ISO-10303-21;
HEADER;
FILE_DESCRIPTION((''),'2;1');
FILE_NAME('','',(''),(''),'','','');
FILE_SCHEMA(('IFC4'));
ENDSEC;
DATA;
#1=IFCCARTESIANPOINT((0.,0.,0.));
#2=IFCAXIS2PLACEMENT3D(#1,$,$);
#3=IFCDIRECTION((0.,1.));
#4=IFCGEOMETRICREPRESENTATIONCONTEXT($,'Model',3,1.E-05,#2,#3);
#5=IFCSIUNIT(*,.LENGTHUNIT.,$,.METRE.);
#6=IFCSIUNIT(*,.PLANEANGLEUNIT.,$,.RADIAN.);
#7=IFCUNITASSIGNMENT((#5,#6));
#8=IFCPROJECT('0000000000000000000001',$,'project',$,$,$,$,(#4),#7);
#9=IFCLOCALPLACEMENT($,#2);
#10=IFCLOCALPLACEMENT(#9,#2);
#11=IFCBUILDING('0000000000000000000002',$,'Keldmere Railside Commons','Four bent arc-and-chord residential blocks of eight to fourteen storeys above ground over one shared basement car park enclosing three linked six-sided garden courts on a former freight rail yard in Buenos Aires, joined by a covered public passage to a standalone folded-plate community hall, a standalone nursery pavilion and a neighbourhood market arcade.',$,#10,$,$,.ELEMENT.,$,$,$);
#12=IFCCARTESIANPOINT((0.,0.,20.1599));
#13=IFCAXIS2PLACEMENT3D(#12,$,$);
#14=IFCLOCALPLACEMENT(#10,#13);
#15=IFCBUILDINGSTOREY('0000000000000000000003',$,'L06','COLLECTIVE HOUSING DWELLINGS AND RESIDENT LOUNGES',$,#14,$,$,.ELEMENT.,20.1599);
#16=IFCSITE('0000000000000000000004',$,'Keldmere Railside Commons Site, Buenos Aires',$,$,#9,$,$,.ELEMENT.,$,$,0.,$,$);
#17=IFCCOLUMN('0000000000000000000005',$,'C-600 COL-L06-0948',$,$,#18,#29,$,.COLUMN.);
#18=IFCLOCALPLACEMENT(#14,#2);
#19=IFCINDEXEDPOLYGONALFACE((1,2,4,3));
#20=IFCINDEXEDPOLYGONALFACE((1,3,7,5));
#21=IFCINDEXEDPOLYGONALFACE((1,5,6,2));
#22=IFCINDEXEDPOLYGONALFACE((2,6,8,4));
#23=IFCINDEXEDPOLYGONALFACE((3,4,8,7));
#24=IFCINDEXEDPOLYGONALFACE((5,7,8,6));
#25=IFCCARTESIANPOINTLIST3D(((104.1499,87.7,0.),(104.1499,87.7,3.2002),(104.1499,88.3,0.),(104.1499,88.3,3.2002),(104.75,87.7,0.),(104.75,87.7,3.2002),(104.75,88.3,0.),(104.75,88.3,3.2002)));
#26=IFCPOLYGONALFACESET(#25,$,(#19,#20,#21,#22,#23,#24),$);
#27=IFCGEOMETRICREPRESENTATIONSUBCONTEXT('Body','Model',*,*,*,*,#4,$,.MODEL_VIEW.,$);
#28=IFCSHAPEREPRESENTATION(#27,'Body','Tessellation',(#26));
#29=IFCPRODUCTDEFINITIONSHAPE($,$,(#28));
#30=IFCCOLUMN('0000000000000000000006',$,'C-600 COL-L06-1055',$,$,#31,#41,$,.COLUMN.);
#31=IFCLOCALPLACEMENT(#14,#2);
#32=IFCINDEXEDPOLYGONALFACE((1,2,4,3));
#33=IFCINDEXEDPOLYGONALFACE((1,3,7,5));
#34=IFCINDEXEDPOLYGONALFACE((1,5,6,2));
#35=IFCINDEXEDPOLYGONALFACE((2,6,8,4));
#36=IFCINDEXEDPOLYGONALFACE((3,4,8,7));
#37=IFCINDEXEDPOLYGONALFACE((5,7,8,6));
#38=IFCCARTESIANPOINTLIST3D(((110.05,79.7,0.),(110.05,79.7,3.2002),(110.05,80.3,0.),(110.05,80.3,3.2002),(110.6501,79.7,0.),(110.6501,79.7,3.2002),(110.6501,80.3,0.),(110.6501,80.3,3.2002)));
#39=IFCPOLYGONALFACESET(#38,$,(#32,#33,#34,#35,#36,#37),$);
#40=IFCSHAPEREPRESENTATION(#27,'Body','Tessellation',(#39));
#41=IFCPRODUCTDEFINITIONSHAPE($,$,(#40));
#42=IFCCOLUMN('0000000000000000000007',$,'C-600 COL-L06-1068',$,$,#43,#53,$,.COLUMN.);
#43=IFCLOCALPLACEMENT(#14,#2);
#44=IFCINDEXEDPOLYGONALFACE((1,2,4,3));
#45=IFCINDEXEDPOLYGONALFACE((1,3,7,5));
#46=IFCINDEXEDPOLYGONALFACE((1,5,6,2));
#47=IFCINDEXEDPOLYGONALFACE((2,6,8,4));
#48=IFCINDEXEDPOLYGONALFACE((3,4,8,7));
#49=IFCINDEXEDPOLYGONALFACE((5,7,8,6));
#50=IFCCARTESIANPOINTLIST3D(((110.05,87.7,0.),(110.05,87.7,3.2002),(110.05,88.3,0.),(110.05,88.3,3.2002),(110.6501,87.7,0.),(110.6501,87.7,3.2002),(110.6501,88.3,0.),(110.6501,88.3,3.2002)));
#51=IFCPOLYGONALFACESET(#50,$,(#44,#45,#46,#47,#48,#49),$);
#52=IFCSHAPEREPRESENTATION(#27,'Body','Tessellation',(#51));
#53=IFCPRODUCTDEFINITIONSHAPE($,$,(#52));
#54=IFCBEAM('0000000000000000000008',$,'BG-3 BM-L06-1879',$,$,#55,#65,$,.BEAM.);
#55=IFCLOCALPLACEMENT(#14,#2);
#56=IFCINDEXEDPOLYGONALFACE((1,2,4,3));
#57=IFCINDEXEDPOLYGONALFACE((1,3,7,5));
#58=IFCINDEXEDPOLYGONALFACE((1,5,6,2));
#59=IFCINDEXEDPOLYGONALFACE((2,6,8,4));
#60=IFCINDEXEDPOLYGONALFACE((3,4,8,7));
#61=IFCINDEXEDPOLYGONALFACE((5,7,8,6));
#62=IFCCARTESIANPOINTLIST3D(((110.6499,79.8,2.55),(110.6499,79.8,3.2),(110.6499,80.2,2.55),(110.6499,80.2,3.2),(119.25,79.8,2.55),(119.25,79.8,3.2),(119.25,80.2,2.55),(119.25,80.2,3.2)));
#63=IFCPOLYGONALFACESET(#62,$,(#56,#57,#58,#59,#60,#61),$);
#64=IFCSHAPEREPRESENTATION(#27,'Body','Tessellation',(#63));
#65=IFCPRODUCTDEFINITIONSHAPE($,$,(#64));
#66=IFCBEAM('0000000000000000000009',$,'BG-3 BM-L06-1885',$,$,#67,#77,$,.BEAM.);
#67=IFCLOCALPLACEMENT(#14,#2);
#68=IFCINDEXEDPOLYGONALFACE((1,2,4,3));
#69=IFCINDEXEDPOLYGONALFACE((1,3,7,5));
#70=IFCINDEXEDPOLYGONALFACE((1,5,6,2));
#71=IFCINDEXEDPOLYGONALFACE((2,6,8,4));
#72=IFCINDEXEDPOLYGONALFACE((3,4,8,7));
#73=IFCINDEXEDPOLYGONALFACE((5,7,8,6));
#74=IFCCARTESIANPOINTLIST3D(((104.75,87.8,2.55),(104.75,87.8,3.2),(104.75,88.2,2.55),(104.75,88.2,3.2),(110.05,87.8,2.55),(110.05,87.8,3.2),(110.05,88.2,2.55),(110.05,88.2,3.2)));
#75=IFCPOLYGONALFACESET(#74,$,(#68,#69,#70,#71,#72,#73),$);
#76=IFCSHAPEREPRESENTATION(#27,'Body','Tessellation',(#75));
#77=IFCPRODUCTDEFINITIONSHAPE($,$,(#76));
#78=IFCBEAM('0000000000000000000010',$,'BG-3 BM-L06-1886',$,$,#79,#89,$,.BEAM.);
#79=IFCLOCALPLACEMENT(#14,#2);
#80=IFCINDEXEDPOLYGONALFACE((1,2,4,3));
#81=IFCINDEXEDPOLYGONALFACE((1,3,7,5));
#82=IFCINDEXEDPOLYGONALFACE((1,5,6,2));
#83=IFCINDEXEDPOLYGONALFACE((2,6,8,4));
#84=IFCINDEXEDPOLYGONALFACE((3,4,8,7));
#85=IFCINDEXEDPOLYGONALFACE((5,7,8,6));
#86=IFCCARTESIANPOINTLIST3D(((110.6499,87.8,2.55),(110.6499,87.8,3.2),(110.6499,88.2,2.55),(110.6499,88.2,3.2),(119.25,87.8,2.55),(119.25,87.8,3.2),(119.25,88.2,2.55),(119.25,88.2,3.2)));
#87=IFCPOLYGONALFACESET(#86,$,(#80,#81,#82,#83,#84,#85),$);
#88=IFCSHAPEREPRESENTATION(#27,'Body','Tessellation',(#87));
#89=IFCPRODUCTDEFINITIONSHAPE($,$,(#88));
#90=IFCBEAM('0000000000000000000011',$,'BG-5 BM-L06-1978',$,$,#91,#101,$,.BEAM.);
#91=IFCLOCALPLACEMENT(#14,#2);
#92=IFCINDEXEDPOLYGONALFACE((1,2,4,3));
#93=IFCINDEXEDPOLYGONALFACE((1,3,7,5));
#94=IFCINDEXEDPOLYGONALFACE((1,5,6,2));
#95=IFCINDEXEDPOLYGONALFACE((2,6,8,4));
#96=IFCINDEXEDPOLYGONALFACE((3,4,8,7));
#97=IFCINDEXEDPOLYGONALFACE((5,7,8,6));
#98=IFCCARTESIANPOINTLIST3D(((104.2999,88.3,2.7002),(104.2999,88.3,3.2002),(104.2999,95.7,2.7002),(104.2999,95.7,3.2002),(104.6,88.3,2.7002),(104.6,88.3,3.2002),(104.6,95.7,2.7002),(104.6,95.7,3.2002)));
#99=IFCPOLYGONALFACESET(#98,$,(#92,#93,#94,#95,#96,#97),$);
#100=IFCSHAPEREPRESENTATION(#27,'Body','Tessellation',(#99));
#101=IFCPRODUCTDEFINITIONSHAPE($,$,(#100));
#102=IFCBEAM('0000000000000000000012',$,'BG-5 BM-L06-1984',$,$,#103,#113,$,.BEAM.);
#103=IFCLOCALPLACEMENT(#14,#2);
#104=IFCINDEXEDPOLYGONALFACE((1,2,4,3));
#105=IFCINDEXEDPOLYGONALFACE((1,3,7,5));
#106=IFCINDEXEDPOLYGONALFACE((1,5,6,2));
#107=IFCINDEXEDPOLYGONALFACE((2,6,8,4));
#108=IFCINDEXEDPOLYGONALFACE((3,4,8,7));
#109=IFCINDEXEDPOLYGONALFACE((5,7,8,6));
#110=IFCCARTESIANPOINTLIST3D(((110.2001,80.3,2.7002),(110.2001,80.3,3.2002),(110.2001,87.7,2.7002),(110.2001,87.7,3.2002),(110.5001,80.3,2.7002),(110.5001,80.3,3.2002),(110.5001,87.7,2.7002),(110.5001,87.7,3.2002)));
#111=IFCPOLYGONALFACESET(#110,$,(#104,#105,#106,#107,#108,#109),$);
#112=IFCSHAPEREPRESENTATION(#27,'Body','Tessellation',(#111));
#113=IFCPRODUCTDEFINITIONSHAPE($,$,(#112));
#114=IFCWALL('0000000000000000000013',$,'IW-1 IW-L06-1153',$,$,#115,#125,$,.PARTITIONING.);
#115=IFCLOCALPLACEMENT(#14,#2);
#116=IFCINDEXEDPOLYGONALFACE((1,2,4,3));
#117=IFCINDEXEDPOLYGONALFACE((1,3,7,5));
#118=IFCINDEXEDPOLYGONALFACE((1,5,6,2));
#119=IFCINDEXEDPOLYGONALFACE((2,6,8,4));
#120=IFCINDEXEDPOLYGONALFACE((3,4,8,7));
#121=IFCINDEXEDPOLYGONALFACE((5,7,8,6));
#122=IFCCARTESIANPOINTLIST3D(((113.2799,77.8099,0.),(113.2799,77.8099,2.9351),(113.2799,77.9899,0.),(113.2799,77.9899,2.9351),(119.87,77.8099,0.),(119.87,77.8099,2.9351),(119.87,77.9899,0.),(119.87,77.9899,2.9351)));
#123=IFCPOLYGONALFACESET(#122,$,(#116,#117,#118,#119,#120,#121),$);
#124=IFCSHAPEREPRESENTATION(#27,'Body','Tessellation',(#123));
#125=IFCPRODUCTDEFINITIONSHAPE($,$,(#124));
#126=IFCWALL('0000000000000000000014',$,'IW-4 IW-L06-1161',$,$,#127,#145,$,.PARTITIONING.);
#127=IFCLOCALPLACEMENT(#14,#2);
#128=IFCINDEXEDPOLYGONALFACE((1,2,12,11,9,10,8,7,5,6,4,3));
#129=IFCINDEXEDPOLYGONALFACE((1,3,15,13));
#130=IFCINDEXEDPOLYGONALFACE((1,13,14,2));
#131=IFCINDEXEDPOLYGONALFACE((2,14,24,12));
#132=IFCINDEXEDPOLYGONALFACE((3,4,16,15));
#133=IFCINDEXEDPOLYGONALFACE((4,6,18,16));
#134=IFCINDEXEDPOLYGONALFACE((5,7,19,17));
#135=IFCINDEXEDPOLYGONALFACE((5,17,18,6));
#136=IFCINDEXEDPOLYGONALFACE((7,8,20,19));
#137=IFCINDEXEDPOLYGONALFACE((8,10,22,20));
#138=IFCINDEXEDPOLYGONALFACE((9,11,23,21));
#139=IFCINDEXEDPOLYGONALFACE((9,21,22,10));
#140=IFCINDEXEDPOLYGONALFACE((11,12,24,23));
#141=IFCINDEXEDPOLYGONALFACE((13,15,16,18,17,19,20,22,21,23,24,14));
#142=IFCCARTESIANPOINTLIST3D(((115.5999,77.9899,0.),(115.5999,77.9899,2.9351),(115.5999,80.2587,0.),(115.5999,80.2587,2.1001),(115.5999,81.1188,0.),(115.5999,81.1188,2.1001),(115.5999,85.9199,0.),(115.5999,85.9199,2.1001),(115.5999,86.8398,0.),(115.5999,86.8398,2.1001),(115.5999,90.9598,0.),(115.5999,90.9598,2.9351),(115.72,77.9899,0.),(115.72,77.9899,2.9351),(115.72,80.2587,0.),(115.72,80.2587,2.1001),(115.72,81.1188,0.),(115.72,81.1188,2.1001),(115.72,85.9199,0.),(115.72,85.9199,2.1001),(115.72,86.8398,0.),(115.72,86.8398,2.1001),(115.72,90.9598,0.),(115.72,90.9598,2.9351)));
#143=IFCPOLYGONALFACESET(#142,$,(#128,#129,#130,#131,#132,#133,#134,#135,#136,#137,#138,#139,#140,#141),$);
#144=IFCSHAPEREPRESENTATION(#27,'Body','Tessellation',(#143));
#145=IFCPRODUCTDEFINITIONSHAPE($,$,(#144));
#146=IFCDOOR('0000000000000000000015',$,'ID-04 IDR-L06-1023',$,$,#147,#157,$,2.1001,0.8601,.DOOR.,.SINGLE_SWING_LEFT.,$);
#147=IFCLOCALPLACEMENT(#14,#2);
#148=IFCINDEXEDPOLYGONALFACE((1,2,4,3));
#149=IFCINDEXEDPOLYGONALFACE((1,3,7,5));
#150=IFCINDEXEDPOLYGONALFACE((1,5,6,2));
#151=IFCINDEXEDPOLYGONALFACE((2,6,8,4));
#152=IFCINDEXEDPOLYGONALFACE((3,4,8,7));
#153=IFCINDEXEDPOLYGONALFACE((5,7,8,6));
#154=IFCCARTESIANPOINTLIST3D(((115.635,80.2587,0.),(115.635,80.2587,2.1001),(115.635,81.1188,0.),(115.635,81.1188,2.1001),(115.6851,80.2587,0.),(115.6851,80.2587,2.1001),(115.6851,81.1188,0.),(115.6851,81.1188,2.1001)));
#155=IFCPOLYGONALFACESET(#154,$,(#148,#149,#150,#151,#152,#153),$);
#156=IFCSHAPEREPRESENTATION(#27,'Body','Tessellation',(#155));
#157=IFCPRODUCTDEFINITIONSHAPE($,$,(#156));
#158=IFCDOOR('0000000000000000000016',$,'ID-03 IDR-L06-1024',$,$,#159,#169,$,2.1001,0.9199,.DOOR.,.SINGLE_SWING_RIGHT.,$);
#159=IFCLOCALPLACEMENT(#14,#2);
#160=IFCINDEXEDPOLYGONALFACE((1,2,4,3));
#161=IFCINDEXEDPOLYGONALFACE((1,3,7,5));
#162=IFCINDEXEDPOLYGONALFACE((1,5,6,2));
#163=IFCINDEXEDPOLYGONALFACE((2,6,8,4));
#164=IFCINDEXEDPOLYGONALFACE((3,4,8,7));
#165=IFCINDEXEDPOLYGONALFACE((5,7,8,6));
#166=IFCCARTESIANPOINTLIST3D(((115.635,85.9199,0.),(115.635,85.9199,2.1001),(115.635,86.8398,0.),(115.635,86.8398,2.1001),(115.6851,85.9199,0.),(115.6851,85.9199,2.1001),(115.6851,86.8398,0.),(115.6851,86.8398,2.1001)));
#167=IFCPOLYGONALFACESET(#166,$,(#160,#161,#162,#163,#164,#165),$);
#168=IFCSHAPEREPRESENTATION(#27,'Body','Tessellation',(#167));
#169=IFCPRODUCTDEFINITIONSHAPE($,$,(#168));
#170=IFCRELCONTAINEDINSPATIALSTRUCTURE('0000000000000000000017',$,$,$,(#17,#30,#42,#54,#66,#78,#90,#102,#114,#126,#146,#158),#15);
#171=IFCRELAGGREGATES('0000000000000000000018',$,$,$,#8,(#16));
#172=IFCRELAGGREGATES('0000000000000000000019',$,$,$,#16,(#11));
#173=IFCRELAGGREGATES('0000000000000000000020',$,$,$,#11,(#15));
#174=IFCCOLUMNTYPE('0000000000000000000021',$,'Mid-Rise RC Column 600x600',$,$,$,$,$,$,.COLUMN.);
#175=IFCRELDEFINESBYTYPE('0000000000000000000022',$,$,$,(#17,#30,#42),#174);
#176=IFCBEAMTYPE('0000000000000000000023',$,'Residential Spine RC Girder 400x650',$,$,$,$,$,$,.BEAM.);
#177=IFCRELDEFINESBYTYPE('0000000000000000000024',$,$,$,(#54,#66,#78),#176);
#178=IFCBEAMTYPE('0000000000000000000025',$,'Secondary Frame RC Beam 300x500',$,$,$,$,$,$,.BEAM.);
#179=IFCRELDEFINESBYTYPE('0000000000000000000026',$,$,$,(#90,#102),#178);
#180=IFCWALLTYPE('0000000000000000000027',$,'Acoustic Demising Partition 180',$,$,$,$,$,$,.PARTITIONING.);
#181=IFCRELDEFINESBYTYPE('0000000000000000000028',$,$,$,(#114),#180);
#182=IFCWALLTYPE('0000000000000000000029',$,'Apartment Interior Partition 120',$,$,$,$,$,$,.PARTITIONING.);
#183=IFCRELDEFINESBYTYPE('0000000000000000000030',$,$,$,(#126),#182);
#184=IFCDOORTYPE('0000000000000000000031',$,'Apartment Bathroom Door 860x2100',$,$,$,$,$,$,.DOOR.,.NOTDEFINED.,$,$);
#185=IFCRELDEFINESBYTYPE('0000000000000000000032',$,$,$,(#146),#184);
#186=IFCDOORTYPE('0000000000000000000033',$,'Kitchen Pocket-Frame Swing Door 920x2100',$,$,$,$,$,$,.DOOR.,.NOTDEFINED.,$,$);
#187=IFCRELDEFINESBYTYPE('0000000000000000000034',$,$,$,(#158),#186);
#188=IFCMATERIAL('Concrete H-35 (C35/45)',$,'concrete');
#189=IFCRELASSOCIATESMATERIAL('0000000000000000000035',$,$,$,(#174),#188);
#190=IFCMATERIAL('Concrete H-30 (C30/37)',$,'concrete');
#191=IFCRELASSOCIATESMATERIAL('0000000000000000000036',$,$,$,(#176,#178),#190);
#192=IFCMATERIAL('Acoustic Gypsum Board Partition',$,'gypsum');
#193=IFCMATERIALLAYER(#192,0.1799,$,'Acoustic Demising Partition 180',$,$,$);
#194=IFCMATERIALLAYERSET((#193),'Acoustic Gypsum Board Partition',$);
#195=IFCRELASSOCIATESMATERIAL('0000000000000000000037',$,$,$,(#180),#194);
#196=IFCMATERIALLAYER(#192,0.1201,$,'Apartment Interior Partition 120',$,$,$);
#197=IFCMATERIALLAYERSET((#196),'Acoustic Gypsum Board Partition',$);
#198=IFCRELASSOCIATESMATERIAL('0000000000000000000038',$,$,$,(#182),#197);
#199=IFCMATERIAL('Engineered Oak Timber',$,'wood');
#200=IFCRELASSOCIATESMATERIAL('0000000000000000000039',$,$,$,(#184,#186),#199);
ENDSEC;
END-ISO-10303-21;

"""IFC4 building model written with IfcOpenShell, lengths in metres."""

from ifc_helpers import new_model, si_unit, direction, frame, frame_2d, origin, origin_2d, place, context, subcontext, project, spatial, rectangle, extrude, material, layer, layer_set, material_profile, profile_set, type_object, element, fill, save


model = new_model("IFC4")

# Units and contexts
model_context = context("Model", 3, precision=1e-05, world=origin(), true_north=direction((0.0, 1.0)))
body_context = subcontext(model_context, "Body", "Model", "MODEL_VIEW")
ifc_project = project(units=[si_unit("LENGTHUNIT", "METRE"), si_unit("PLANEANGLEUNIT", "RADIAN")], contexts=[model_context])

# Site, building, storey
site_placement = place(None, origin())
site = spatial("IfcSite", under=ifc_project, at=site_placement, Name="Keldmere Railside Commons Site, Buenos Aires", CompositionType="ELEMENT", RefElevation=0.0)
building_placement = place(site_placement, origin())
building = spatial("IfcBuilding", under=site, at=building_placement, Name="Keldmere Railside Commons", Description="Four bent arc-and-chord residential blocks of eight to fourteen storeys above ground over one shared basement car park enclosing three linked six-sided garden courts on a former freight rail yard in Buenos Aires, joined by a covered public passage to a standalone folded-plate community hall, a standalone nursery pavilion and a neighbourhood market arcade.", CompositionType="ELEMENT")
storey_placement = place(building_placement, frame((0.0, 0.0, 20.1599)))
storey = spatial("IfcBuildingStorey", under=building, at=storey_placement, Name="L06", Description="COLLECTIVE HOUSING DWELLINGS AND RESIDENT LOUNGES", CompositionType="ELEMENT", Elevation=20.1599)

# Columns
ifc_material_1 = material(Name="Concrete H-35 (C35/45)", Category="concrete")
ifc_material_profile_1 = material_profile(ifc_material_1, rectangle(XDim=0.6001, YDim=0.6001, at=origin_2d()), Name="RC-600x600")
ifc_profile_set_1 = profile_set([ifc_material_profile_1], Name="Concrete H-35 (C35/45)")
column_type = type_object("IfcColumnType", Name="Mid-Rise RC Column 600x600", PredefinedType="COLUMN", material=ifc_profile_set_1)
for number, where, z_axis, x_axis, name in (
    (1, (104.45, 88.0, 0.0), (0.0, 0.0, 1.0), (1.0, 0.0, 0.0), "C-600 COL-L06-0948"),
    (2, (110.3501, 80.0, 0.0), (0.0, 0.0, 1.0), (1.0, 0.0, 0.0), "C-600 COL-L06-1055"),
    (3, (110.3501, 88.0, 0.0), (0.0, 0.0, 1.0), (1.0, 0.0, 0.0), "C-600 COL-L06-1068"),
):
    element("IfcColumn", number, at=place(storey_placement, frame(where, z_axis=z_axis, x_axis=x_axis)), inside=storey, type_object=column_type, Name=name, PredefinedType="COLUMN", context=body_context, shape_type="SweptSolid", body=[
        extrude(rectangle(XDim=0.6001, YDim=0.6001, at=origin_2d()), origin(), (0.0, 0.0, 1.0), 3.2002),
    ])

# Beams
ifc_material_2 = material(Name="Concrete H-30 (C30/37)", Category="concrete")
ifc_material_profile_2 = material_profile(ifc_material_2, rectangle(XDim=0.3999, YDim=0.6499, at=origin_2d()), Name="RC-400x650")
ifc_profile_set_2 = profile_set([ifc_material_profile_2], Name="Concrete H-30 (C30/37)")
beam_type_1 = type_object("IfcBeamType", Name="Residential Spine RC Girder 400x650", PredefinedType="BEAM", material=ifc_profile_set_2)
beam_1_placement = place(storey_placement, frame((110.6499, 80.0, 2.875), z_axis=(1.0, 0.0, 0.0), x_axis=(0.0, 1.0, 0.0)))
element("IfcBeam", 4, at=beam_1_placement, inside=storey, type_object=beam_type_1, Name="BG-3 BM-L06-1879", PredefinedType="BEAM", context=body_context, shape_type="SweptSolid", body=[
    extrude(rectangle(XDim=0.3999, YDim=0.6499, at=origin_2d()), origin(), (0.0, 0.0, 1.0), 8.6001),
])
beam_2_placement = place(storey_placement, frame((104.75, 88.0, 2.875), z_axis=(1.0, 0.0, 0.0), x_axis=(0.0, 1.0, 0.0)))
element("IfcBeam", 5, at=beam_2_placement, inside=storey, type_object=beam_type_1, Name="BG-3 BM-L06-1885", PredefinedType="BEAM", context=body_context, shape_type="SweptSolid", body=[
    extrude(rectangle(XDim=0.3999, YDim=0.6499, at=origin_2d()), origin(), (0.0, 0.0, 1.0), 5.3),
])
beam_3_placement = place(storey_placement, frame((110.6499, 88.0, 2.875), z_axis=(1.0, 0.0, 0.0), x_axis=(0.0, 1.0, 0.0)))
element("IfcBeam", 6, at=beam_3_placement, inside=storey, type_object=beam_type_1, Name="BG-3 BM-L06-1886", PredefinedType="BEAM", context=body_context, shape_type="SweptSolid", body=[
    extrude(rectangle(XDim=0.3999, YDim=0.6499, at=origin_2d()), origin(), (0.0, 0.0, 1.0), 8.6001),
])
ifc_material_profile_3 = material_profile(ifc_material_2, rectangle(XDim=0.3, YDim=0.5, at=origin_2d()), Name="RC-300x500")
ifc_profile_set_3 = profile_set([ifc_material_profile_3], Name="Concrete H-30 (C30/37)")
beam_type_2 = type_object("IfcBeamType", Name="Secondary Frame RC Beam 300x500", PredefinedType="BEAM", material=ifc_profile_set_3)
for number, where, z_axis, x_axis, name in (
    (7, (104.45, 88.3, 2.9502), (0.0, 1.0, 0.0), (-1.0, 0.0, 0.0), "BG-5 BM-L06-1978"),
    (8, (110.3501, 80.3, 2.9502), (0.0, 1.0, 0.0), (-1.0, 0.0, 0.0), "BG-5 BM-L06-1984"),
):
    element("IfcBeam", number, at=place(storey_placement, frame(where, z_axis=z_axis, x_axis=x_axis)), inside=storey, type_object=beam_type_2, Name=name, PredefinedType="BEAM", context=body_context, shape_type="SweptSolid", body=[
        extrude(rectangle(XDim=0.3, YDim=0.5, at=origin_2d()), origin(), (0.0, 0.0, 1.0), 7.3999),
    ])

# Wall
ifc_material_3 = material(Name="Acoustic Gypsum Board Partition", Category="gypsum")
ifc_layer_1 = layer(ifc_material_3, 0.1799, Name="Acoustic Demising Partition 180")
ifc_layer_set_1 = layer_set([ifc_layer_1], Name="Acoustic Gypsum Board Partition")
wall_type_1 = type_object("IfcWallType", Name="Acoustic Demising Partition 180", PredefinedType="PARTITIONING", material=ifc_layer_set_1)
wall_1_placement = place(storey_placement, frame((113.28, 77.8999, 0.0), z_axis=(0.0, 0.0, 1.0), x_axis=(1.0, 0.0, 0.0)))
element("IfcWall", 9, at=wall_1_placement, inside=storey, type_object=wall_type_1, Name="IW-1 IW-L06-1153", PredefinedType="PARTITIONING", context=body_context, shape_type="SweptSolid", body=[
    extrude(rectangle(XDim=6.5901, YDim=0.1799, at=frame_2d((3.2949, 0.0))), origin(), (0.0, 0.0, 1.0), 2.9351),
])

# Wall, openings, doors
ifc_layer_2 = layer(ifc_material_3, 0.1201, Name="Apartment Interior Partition 120")
ifc_layer_set_2 = layer_set([ifc_layer_2], Name="Acoustic Gypsum Board Partition")
wall_type_2 = type_object("IfcWallType", Name="Apartment Interior Partition 120", PredefinedType="PARTITIONING", material=ifc_layer_set_2)
wall_2_placement = place(storey_placement, frame((115.6599, 77.99, 0.0), z_axis=(0.0, 0.0, 1.0), x_axis=(0.0, 1.0, 0.0)))
wall_2 = element("IfcWall", 10, at=wall_2_placement, inside=storey, type_object=wall_type_2, Name="IW-4 IW-L06-1161", PredefinedType="PARTITIONING", context=body_context, shape_type="SweptSolid", body=[
    extrude(rectangle(XDim=12.97, YDim=0.1201, at=frame_2d((6.4849, 0.0))), origin(), (0.0, 0.0, 1.0), 2.9351),
])
opening_1_placement = place(wall_2_placement, frame((2.2686, 0.0, 0.0)))
opening_1 = element("IfcOpeningElement", 11, at=opening_1_placement, cuts=wall_2, PredefinedType="OPENING", context=body_context, shape_type="SweptSolid", body=[
    extrude(rectangle(XDim=0.8601, YDim=2.1001, at=frame_2d((0.4302, 1.05))), frame((0.0, 0.0701, 0.0), z_axis=(0.0, -1.0, 0.0), x_axis=(1.0, 0.0, 0.0)), (0.0, 0.0, 1.0), 0.1401),
])
opening_2_placement = place(wall_2_placement, frame((7.9299, 0.0, 0.0)))
opening_2 = element("IfcOpeningElement", 12, at=opening_2_placement, cuts=wall_2, PredefinedType="OPENING", context=body_context, shape_type="SweptSolid", body=[
    extrude(rectangle(XDim=0.9199, YDim=2.1001, at=frame_2d((0.46, 1.05))), frame((0.0, 0.0701, 0.0), z_axis=(0.0, -1.0, 0.0), x_axis=(1.0, 0.0, 0.0)), (0.0, 0.0, 1.0), 0.1401),
])
ifc_material_4 = material(Name="Engineered Oak Timber", Category="wood")
door_type_1 = type_object("IfcDoorType", Name="Apartment Bathroom Door 860x2100", OperationType="NOTDEFINED", PredefinedType="DOOR", material=ifc_material_4)
door_1_placement = place(opening_1_placement, origin())
door_1 = element("IfcDoor", 13, at=door_1_placement, inside=storey, type_object=door_type_1, Name="ID-04 IDR-L06-1023", OperationType="SINGLE_SWING_LEFT", OverallHeight=2.1001, OverallWidth=0.8601, PredefinedType="DOOR", context=body_context, shape_type="SweptSolid", body=[
    extrude(rectangle(XDim=0.8601, YDim=2.1001, at=frame_2d((0.4302, 1.05))), frame((0.0, 0.0249, 0.0), z_axis=(0.0, -1.0, 0.0), x_axis=(1.0, 0.0, 0.0)), (0.0, 0.0, 1.0), 0.05),
])
fill(opening_1, door_1)
door_type_2 = type_object("IfcDoorType", Name="Kitchen Pocket-Frame Swing Door 920x2100", OperationType="NOTDEFINED", PredefinedType="DOOR", material=ifc_material_4)
door_2_placement = place(opening_2_placement, origin())
door_2 = element("IfcDoor", 14, at=door_2_placement, inside=storey, type_object=door_type_2, Name="ID-03 IDR-L06-1024", OperationType="SINGLE_SWING_RIGHT", OverallHeight=2.1001, OverallWidth=0.9199, PredefinedType="DOOR", context=body_context, shape_type="SweptSolid", body=[
    extrude(rectangle(XDim=0.9199, YDim=2.1001, at=frame_2d((0.46, 1.05))), frame((0.0, 0.0249, 0.0), z_axis=(0.0, -1.0, 0.0), x_axis=(1.0, 0.0, 0.0)), (0.0, 0.0, 1.0), 0.05),
])
fill(opening_2, door_2)

save(model, "model.ifc")
